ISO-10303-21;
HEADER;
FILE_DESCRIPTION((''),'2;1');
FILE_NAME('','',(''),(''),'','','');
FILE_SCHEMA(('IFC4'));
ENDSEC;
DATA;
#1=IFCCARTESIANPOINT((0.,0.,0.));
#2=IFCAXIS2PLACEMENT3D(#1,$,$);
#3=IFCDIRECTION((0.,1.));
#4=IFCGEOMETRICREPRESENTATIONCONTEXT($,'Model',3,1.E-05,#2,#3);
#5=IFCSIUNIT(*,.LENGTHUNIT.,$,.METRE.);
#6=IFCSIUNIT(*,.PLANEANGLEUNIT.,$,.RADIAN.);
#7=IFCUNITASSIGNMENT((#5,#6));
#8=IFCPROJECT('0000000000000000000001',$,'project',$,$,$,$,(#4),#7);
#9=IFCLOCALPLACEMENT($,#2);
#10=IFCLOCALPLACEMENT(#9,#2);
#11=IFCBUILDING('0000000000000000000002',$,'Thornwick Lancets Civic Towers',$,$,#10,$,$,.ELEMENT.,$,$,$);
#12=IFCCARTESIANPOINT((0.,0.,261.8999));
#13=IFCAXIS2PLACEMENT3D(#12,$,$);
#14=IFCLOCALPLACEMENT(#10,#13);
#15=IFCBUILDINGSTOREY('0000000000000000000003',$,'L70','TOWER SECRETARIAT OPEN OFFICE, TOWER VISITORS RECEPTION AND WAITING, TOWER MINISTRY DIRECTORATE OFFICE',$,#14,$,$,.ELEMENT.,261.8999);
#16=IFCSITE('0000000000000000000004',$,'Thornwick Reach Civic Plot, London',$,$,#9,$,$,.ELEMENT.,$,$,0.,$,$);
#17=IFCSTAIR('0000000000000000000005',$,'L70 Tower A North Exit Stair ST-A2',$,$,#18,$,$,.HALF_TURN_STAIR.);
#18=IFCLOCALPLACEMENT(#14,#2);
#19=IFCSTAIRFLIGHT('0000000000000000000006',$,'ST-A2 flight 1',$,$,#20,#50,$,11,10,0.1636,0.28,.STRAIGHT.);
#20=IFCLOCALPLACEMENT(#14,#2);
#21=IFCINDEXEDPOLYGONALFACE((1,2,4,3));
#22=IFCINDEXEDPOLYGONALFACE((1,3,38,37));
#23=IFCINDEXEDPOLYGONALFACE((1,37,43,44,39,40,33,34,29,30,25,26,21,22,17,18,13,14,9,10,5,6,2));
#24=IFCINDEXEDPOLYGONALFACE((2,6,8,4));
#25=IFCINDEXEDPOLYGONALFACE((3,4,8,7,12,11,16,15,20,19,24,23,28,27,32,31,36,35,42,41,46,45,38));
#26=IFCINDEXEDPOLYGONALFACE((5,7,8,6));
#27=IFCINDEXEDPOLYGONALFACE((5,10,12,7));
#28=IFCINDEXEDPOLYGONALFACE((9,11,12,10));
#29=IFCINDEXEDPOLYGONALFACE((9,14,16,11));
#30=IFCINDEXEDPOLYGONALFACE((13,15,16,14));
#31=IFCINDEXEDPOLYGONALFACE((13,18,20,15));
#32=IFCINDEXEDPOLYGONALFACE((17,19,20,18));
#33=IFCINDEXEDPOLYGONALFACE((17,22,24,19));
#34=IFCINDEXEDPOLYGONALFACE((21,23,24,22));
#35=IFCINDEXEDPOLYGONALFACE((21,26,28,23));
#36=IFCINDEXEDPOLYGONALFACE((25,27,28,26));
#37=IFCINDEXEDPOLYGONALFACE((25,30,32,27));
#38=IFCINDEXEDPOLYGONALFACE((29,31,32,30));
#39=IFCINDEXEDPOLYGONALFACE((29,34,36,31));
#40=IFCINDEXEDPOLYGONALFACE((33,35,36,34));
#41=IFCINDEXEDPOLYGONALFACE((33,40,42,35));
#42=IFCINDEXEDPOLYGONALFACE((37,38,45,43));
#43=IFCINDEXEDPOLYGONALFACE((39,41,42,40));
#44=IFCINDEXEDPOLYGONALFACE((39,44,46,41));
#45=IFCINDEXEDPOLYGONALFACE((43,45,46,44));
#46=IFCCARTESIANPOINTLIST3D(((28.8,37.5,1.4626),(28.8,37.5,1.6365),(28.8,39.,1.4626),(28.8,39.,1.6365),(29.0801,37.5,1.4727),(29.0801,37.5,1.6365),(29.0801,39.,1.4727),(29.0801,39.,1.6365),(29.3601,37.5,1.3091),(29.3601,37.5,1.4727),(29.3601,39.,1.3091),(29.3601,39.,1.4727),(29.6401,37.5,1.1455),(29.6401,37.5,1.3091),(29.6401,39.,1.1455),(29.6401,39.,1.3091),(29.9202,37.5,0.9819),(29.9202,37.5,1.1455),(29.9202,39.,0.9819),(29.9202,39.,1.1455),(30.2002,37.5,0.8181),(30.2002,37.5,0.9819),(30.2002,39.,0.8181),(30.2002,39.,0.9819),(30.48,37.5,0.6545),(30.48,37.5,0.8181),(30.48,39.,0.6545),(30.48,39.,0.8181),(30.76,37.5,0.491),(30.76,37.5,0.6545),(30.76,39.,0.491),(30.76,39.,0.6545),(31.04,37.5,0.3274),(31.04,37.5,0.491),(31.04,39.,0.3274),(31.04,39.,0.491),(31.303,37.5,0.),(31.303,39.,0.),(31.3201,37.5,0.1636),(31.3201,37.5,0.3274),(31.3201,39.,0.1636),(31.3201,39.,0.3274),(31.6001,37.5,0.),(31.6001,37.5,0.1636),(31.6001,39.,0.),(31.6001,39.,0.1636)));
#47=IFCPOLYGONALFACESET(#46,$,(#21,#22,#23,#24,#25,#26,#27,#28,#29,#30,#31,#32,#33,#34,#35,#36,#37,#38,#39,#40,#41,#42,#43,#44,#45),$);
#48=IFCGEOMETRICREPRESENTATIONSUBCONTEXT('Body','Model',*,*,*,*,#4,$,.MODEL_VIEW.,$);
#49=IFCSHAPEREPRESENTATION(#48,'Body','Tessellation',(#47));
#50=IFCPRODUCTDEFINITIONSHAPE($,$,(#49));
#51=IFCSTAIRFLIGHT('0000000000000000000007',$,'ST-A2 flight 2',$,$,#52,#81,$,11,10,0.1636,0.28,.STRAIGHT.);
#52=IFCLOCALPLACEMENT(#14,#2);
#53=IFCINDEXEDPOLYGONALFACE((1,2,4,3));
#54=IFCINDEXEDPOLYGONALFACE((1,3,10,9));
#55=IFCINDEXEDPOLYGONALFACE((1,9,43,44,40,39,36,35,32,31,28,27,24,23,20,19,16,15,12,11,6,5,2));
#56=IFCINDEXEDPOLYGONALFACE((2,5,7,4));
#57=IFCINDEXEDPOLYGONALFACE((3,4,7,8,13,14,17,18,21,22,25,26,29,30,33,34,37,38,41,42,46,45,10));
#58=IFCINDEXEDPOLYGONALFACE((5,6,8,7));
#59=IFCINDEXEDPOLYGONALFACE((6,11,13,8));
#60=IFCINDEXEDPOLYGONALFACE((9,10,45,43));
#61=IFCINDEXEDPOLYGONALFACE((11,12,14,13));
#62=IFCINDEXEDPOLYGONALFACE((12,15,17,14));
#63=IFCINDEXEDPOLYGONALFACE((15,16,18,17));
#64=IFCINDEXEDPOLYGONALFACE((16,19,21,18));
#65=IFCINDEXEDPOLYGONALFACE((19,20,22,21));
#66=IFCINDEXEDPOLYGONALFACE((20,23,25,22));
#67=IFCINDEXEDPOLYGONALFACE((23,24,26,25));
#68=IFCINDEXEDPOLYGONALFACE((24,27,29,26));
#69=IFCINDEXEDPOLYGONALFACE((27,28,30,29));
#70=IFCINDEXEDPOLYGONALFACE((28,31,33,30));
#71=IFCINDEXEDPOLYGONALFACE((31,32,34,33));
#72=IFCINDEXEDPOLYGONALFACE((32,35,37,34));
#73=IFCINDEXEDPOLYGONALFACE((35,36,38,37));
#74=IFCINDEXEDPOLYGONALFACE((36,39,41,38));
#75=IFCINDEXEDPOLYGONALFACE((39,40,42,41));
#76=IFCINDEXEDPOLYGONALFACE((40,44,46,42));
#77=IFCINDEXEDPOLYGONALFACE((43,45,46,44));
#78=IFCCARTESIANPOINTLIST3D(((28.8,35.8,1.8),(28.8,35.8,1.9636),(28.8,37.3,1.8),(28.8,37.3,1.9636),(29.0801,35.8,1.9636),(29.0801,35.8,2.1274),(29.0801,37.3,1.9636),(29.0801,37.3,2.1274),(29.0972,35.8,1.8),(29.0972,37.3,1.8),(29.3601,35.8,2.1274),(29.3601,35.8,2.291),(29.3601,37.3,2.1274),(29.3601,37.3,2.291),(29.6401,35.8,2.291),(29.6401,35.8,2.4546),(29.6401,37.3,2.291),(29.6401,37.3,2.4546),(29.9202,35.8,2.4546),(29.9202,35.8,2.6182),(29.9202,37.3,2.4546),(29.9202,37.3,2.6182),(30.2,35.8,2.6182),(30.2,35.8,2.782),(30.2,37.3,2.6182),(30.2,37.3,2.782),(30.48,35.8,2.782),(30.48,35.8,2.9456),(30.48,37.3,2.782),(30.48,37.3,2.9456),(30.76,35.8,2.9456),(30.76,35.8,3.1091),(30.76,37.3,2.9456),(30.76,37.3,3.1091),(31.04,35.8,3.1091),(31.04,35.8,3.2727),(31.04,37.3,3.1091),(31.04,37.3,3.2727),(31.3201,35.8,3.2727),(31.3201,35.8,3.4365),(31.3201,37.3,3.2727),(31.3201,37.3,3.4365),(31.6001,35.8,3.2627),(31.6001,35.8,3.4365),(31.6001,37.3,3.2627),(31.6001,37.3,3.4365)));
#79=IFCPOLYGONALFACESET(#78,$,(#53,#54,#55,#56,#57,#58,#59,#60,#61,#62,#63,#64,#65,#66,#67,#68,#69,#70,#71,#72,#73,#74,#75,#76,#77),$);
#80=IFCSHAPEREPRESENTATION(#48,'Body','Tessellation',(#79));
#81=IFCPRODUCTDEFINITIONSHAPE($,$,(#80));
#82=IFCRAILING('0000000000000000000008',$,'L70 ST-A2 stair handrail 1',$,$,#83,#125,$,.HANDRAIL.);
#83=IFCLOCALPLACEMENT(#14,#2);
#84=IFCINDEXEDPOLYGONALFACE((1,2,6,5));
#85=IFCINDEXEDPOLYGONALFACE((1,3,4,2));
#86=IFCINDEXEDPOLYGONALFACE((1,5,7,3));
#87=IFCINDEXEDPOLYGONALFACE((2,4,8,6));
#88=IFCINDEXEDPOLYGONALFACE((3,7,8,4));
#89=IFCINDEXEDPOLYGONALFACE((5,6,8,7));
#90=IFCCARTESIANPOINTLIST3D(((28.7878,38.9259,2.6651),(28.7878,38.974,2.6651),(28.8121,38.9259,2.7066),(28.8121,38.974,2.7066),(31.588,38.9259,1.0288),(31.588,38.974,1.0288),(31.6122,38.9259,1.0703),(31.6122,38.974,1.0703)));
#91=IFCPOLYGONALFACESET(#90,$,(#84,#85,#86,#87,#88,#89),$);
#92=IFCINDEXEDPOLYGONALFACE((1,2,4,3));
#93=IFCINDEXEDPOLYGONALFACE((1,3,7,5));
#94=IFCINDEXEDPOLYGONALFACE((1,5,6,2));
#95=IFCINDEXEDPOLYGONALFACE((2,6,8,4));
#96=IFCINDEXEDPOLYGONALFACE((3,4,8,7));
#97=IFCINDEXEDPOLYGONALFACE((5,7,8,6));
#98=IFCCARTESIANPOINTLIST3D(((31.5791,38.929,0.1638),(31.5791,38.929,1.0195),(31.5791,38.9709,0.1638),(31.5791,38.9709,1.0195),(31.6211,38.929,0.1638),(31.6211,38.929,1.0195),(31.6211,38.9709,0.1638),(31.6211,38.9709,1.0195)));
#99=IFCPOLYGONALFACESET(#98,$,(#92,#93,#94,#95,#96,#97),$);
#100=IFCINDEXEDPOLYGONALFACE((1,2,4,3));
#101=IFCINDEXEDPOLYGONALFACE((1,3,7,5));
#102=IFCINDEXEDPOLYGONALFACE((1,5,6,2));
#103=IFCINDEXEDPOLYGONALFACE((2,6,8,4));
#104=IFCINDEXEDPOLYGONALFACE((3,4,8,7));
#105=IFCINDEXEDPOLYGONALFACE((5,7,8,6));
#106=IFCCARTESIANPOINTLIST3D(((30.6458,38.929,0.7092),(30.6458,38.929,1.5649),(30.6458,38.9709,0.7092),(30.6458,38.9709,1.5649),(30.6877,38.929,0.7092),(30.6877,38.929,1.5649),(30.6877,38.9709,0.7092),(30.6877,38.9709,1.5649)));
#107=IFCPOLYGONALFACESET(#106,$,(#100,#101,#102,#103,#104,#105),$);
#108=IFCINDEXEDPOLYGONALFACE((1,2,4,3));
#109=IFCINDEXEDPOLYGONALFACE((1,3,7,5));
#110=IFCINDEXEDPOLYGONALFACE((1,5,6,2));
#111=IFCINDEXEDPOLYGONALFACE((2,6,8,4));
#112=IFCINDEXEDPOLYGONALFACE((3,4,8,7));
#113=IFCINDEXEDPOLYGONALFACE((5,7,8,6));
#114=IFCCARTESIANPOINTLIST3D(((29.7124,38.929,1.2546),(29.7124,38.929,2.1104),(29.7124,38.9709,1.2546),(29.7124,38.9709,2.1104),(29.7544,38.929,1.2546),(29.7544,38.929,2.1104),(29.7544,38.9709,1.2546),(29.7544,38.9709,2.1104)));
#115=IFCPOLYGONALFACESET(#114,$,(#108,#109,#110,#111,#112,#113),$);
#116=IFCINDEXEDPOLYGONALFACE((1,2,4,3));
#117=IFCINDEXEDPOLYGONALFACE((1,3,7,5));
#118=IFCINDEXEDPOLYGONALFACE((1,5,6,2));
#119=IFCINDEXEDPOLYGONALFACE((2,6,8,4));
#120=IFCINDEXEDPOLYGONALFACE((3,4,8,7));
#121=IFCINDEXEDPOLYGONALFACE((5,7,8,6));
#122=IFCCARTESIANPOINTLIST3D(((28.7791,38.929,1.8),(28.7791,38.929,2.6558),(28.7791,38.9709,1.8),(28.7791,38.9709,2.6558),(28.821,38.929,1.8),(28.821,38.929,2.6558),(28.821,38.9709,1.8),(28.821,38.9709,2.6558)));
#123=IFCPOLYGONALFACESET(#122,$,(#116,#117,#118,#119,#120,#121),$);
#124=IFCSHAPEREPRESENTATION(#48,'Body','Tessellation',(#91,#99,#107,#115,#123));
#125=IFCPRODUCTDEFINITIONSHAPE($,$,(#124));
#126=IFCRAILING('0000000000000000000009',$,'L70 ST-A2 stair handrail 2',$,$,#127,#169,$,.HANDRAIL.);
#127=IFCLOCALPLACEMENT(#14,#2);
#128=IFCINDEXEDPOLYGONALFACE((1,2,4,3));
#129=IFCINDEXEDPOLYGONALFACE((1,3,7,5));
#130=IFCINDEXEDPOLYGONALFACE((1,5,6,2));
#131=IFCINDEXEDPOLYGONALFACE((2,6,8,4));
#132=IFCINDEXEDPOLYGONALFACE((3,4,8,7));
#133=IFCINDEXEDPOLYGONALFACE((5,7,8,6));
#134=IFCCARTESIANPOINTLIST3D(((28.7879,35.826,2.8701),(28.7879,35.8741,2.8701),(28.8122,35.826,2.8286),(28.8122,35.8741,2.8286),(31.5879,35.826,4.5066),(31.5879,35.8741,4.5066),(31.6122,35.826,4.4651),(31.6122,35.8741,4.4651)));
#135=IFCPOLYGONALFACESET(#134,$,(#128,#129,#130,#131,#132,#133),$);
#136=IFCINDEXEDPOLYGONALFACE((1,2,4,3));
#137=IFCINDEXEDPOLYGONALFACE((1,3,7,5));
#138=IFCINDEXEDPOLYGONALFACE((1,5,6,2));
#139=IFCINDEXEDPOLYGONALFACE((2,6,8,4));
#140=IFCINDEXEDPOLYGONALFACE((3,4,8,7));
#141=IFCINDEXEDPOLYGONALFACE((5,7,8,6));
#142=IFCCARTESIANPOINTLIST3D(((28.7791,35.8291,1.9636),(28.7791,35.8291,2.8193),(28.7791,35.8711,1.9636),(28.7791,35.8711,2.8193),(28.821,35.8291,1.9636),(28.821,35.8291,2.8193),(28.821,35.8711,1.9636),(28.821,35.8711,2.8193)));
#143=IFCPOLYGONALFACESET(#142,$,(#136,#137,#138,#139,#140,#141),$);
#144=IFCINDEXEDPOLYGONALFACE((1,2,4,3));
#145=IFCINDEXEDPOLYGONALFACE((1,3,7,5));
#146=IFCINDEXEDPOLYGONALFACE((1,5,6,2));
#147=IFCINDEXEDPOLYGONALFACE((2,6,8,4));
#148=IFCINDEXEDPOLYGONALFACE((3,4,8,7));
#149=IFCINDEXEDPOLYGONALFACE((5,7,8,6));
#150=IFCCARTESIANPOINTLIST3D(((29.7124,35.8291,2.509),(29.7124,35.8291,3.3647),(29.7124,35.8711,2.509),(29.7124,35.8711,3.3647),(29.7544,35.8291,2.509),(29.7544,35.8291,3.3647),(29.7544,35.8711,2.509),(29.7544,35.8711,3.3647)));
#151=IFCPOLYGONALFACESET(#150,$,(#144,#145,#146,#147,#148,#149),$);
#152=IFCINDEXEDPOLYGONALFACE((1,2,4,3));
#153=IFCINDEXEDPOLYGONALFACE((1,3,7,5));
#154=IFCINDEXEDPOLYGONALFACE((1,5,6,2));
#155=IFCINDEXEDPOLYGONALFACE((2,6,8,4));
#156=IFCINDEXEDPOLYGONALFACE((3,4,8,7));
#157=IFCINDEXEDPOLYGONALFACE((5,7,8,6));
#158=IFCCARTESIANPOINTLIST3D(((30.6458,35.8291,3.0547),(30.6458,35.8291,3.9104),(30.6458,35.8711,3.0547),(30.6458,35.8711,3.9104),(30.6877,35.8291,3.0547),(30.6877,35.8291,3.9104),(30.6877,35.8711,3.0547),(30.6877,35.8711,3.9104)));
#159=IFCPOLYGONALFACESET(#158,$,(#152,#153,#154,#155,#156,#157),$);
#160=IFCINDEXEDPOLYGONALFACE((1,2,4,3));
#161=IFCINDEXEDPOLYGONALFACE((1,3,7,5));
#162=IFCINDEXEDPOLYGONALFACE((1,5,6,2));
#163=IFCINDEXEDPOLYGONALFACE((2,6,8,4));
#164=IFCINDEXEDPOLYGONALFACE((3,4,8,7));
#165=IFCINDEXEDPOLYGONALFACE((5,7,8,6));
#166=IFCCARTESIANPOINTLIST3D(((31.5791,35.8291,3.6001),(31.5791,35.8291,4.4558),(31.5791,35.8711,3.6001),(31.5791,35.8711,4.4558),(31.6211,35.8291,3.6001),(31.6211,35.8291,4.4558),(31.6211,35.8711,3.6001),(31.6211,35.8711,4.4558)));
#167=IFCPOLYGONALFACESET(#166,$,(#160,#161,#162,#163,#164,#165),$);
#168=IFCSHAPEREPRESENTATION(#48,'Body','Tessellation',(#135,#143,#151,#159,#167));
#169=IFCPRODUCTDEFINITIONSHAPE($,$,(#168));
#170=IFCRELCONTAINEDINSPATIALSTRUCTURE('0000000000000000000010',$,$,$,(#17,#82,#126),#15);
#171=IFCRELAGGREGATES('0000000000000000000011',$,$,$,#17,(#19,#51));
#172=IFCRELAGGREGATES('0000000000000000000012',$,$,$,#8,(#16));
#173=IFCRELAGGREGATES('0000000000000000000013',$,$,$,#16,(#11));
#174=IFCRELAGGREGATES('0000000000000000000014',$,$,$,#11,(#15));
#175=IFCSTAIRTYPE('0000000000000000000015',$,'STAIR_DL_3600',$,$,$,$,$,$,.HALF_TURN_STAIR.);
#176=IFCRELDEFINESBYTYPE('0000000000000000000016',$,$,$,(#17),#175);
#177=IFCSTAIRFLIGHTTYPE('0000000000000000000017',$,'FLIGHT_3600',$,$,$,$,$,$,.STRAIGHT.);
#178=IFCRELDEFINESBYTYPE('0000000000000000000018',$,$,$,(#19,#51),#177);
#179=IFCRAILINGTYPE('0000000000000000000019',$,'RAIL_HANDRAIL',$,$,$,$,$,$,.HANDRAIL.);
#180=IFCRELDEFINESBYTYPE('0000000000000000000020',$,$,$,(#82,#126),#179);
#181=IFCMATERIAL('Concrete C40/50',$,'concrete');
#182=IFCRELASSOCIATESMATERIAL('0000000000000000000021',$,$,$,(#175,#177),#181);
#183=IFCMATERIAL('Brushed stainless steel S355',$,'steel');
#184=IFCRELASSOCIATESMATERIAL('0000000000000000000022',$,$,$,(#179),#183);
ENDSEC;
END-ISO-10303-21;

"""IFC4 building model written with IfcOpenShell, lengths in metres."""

from ifc_helpers import new_model, si_unit, direction, frame, origin, origin_2d, place, context, subcontext, project, spatial, polyline, rectangle, outline, extrude, material, type_object, element, aggregate, save


model = new_model("IFC4")

# Units and contexts
model_context = context("Model", 3, precision=1e-05, world=origin(), true_north=direction((0.0, 1.0)))
body_context = subcontext(model_context, "Body", "Model", "MODEL_VIEW")
ifc_project = project(units=[si_unit("LENGTHUNIT", "METRE"), si_unit("PLANEANGLEUNIT", "RADIAN")], contexts=[model_context])

# Site, building, storey
site_placement = place(None, origin())
site = spatial("IfcSite", under=ifc_project, at=site_placement, Name="Thornwick Reach Civic Plot, London", CompositionType="ELEMENT", RefElevation=0.0)
building_placement = place(site_placement, origin())
building = spatial("IfcBuilding", under=site, at=building_placement, Name="Thornwick Lancets Civic Towers", CompositionType="ELEMENT")
storey_placement = place(building_placement, frame((0.0, 0.0, 261.8999)))
storey = spatial("IfcBuildingStorey", under=building, at=storey_placement, Name="L70", Description="TOWER SECRETARIAT OPEN OFFICE, TOWER VISITORS RECEPTION AND WAITING, TOWER MINISTRY DIRECTORATE OFFICE", CompositionType="ELEMENT", Elevation=261.8999)

# Shared definitions
ifc_material_1 = material(Name="Concrete C40/50", Category="concrete")

# Stair, stair flights
stair_type = type_object("IfcStairType", Name="STAIR_DL_3600", PredefinedType="HALF_TURN_STAIR", material=ifc_material_1)
stair_placement = place(storey_placement, origin())
stair = element("IfcStair", 1, at=stair_placement, inside=storey, type_object=stair_type, Name="L70 Tower A North Exit Stair ST-A2", PredefinedType="HALF_TURN_STAIR")
stair_flight_type = type_object("IfcStairFlightType", Name="FLIGHT_3600", PredefinedType="STRAIGHT", material=ifc_material_1)
stair_flight_1_placement = place(storey_placement, frame((31.6001, 38.25, 0.0), z_axis=(0.0, 0.0, 1.0), x_axis=(-1.0, 0.0, 0.0)))
stair_flight_1 = element("IfcStairFlight", 2, at=stair_flight_1_placement, type_object=stair_flight_type, Name="ST-A2 flight 1", NumberOfRisers=11, NumberOfTreads=10, PredefinedType="STRAIGHT", RiserHeight=0.1636, TreadLength=0.28, context=body_context, shape_type="SweptSolid", body=[
    extrude(outline(polyline([(0.0, 0.0), (0.0, 0.1636), (0.28, 0.1636), (0.28, 0.3274), (0.5601, 0.3274), (0.5601, 0.491), (0.8401, 0.491), (0.8401, 0.6545), (1.1201, 0.6545), (1.1201, 0.8181), (1.3999, 0.8181), (1.3999, 0.9819), (1.6799, 0.9819), (1.6799, 1.1455), (1.96, 1.1455), (1.96, 1.3091), (2.24, 1.3091), (2.24, 1.4727), (2.52, 1.4727), (2.52, 1.6365), (2.8, 1.6365), (2.8, 1.8), (2.8, 1.4626), (0.2971, 0.0), (0.0, 0.0)])), frame((0.0, 0.75, 0.0), z_axis=(0.0, -1.0, 0.0), x_axis=(1.0, 0.0, 0.0)), (0.0, 0.0, 1.0), 1.5),
])
stair_flight_2_placement = place(storey_placement, frame((28.8, 36.55, 1.8), z_axis=(0.0, 0.0, 1.0), x_axis=(1.0, 0.0, 0.0)))
stair_flight_2 = element("IfcStairFlight", 3, at=stair_flight_2_placement, type_object=stair_flight_type, Name="ST-A2 flight 2", NumberOfRisers=11, NumberOfTreads=10, PredefinedType="STRAIGHT", RiserHeight=0.1636, TreadLength=0.28, context=body_context, shape_type="SweptSolid", body=[
    extrude(outline(polyline([(0.0, 0.0), (0.0, 0.1636), (0.28, 0.1636), (0.28, 0.3274), (0.5601, 0.3274), (0.5601, 0.491), (0.8401, 0.491), (0.8401, 0.6545), (1.1201, 0.6545), (1.1201, 0.8181), (1.3999, 0.8181), (1.3999, 0.9819), (1.6799, 0.9819), (1.6799, 1.1455), (1.96, 1.1455), (1.96, 1.3091), (2.24, 1.3091), (2.24, 1.4727), (2.52, 1.4727), (2.52, 1.6365), (2.8, 1.6365), (2.8, 1.8), (2.8, 1.4626), (0.2971, 0.0), (0.0, 0.0)])), frame((0.0, 0.75, 0.0), z_axis=(0.0, -1.0, 0.0), x_axis=(1.0, 0.0, 0.0)), (0.0, 0.0, 1.0), 1.5),
])
aggregate(stair, [stair_flight_1, stair_flight_2])

# Railings
ifc_material_2 = material(Name="Brushed stainless steel S355", Category="steel")
railing_type_1 = type_object("IfcRailingType", Name="RAIL_HANDRAIL", PredefinedType="HANDRAIL", material=ifc_material_2)
railing_1_placement = place(storey_placement, frame((31.6001, 38.95, 0.1638)))
element("IfcRailing", 4, at=railing_1_placement, inside=storey, type_object=railing_type_1, Name="L70 ST-A2 stair handrail 1", PredefinedType="HANDRAIL", context=body_context, shape_type="SweptSolid", body=[
    extrude(rectangle(XDim=0.0481, YDim=0.0481, at=origin_2d()), frame((0.0, 0.0, 0.8857), z_axis=(-0.863394, 0.0, 0.504531), x_axis=(0.0, -1.0, 0.0)), (0.0, 0.0, 1.0), 3.2432),
    extrude(rectangle(XDim=0.042, YDim=0.042, at=origin_2d()), origin(), (0.0, 0.0, 1.0), 0.8557),
    extrude(rectangle(XDim=0.042, YDim=0.042, at=origin_2d()), frame((-0.9333, 0.0, 0.5454)), (0.0, 0.0, 1.0), 0.8557),
    extrude(rectangle(XDim=0.042, YDim=0.042, at=origin_2d()), frame((-1.8667, 0.0, 1.0908)), (0.0, 0.0, 1.0), 0.8557),
    extrude(rectangle(XDim=0.042, YDim=0.042, at=origin_2d()), frame((-2.8, 0.0, 1.6362)), (0.0, 0.0, 1.0), 0.8557),
])
railing_2_placement = place(storey_placement, frame((28.8, 35.8501, 1.9636)))
element("IfcRailing", 5, at=railing_2_placement, inside=storey, type_object=railing_type_1, Name="L70 ST-A2 stair handrail 2", PredefinedType="HANDRAIL", context=body_context, shape_type="SweptSolid", body=[
    extrude(rectangle(XDim=0.0481, YDim=0.0481, at=origin_2d()), frame((0.0, 0.0, 0.8857), z_axis=(0.863361, 0.0, 0.504587), x_axis=(0.0, 1.0, 0.0)), (0.0, 0.0, 1.0), 3.2432),
    extrude(rectangle(XDim=0.042, YDim=0.042, at=origin_2d()), origin(), (0.0, 0.0, 1.0), 0.8557),
    extrude(rectangle(XDim=0.042, YDim=0.042, at=origin_2d()), frame((0.9333, 0.0, 0.5454)), (0.0, 0.0, 1.0), 0.8557),
    extrude(rectangle(XDim=0.042, YDim=0.042, at=origin_2d()), frame((1.8667, 0.0, 1.0911)), (0.0, 0.0, 1.0), 0.8557),
    extrude(rectangle(XDim=0.042, YDim=0.042, at=origin_2d()), frame((2.8, 0.0, 1.6365)), (0.0, 0.0, 1.0), 0.8557),
])

save(model, "model.ifc")
